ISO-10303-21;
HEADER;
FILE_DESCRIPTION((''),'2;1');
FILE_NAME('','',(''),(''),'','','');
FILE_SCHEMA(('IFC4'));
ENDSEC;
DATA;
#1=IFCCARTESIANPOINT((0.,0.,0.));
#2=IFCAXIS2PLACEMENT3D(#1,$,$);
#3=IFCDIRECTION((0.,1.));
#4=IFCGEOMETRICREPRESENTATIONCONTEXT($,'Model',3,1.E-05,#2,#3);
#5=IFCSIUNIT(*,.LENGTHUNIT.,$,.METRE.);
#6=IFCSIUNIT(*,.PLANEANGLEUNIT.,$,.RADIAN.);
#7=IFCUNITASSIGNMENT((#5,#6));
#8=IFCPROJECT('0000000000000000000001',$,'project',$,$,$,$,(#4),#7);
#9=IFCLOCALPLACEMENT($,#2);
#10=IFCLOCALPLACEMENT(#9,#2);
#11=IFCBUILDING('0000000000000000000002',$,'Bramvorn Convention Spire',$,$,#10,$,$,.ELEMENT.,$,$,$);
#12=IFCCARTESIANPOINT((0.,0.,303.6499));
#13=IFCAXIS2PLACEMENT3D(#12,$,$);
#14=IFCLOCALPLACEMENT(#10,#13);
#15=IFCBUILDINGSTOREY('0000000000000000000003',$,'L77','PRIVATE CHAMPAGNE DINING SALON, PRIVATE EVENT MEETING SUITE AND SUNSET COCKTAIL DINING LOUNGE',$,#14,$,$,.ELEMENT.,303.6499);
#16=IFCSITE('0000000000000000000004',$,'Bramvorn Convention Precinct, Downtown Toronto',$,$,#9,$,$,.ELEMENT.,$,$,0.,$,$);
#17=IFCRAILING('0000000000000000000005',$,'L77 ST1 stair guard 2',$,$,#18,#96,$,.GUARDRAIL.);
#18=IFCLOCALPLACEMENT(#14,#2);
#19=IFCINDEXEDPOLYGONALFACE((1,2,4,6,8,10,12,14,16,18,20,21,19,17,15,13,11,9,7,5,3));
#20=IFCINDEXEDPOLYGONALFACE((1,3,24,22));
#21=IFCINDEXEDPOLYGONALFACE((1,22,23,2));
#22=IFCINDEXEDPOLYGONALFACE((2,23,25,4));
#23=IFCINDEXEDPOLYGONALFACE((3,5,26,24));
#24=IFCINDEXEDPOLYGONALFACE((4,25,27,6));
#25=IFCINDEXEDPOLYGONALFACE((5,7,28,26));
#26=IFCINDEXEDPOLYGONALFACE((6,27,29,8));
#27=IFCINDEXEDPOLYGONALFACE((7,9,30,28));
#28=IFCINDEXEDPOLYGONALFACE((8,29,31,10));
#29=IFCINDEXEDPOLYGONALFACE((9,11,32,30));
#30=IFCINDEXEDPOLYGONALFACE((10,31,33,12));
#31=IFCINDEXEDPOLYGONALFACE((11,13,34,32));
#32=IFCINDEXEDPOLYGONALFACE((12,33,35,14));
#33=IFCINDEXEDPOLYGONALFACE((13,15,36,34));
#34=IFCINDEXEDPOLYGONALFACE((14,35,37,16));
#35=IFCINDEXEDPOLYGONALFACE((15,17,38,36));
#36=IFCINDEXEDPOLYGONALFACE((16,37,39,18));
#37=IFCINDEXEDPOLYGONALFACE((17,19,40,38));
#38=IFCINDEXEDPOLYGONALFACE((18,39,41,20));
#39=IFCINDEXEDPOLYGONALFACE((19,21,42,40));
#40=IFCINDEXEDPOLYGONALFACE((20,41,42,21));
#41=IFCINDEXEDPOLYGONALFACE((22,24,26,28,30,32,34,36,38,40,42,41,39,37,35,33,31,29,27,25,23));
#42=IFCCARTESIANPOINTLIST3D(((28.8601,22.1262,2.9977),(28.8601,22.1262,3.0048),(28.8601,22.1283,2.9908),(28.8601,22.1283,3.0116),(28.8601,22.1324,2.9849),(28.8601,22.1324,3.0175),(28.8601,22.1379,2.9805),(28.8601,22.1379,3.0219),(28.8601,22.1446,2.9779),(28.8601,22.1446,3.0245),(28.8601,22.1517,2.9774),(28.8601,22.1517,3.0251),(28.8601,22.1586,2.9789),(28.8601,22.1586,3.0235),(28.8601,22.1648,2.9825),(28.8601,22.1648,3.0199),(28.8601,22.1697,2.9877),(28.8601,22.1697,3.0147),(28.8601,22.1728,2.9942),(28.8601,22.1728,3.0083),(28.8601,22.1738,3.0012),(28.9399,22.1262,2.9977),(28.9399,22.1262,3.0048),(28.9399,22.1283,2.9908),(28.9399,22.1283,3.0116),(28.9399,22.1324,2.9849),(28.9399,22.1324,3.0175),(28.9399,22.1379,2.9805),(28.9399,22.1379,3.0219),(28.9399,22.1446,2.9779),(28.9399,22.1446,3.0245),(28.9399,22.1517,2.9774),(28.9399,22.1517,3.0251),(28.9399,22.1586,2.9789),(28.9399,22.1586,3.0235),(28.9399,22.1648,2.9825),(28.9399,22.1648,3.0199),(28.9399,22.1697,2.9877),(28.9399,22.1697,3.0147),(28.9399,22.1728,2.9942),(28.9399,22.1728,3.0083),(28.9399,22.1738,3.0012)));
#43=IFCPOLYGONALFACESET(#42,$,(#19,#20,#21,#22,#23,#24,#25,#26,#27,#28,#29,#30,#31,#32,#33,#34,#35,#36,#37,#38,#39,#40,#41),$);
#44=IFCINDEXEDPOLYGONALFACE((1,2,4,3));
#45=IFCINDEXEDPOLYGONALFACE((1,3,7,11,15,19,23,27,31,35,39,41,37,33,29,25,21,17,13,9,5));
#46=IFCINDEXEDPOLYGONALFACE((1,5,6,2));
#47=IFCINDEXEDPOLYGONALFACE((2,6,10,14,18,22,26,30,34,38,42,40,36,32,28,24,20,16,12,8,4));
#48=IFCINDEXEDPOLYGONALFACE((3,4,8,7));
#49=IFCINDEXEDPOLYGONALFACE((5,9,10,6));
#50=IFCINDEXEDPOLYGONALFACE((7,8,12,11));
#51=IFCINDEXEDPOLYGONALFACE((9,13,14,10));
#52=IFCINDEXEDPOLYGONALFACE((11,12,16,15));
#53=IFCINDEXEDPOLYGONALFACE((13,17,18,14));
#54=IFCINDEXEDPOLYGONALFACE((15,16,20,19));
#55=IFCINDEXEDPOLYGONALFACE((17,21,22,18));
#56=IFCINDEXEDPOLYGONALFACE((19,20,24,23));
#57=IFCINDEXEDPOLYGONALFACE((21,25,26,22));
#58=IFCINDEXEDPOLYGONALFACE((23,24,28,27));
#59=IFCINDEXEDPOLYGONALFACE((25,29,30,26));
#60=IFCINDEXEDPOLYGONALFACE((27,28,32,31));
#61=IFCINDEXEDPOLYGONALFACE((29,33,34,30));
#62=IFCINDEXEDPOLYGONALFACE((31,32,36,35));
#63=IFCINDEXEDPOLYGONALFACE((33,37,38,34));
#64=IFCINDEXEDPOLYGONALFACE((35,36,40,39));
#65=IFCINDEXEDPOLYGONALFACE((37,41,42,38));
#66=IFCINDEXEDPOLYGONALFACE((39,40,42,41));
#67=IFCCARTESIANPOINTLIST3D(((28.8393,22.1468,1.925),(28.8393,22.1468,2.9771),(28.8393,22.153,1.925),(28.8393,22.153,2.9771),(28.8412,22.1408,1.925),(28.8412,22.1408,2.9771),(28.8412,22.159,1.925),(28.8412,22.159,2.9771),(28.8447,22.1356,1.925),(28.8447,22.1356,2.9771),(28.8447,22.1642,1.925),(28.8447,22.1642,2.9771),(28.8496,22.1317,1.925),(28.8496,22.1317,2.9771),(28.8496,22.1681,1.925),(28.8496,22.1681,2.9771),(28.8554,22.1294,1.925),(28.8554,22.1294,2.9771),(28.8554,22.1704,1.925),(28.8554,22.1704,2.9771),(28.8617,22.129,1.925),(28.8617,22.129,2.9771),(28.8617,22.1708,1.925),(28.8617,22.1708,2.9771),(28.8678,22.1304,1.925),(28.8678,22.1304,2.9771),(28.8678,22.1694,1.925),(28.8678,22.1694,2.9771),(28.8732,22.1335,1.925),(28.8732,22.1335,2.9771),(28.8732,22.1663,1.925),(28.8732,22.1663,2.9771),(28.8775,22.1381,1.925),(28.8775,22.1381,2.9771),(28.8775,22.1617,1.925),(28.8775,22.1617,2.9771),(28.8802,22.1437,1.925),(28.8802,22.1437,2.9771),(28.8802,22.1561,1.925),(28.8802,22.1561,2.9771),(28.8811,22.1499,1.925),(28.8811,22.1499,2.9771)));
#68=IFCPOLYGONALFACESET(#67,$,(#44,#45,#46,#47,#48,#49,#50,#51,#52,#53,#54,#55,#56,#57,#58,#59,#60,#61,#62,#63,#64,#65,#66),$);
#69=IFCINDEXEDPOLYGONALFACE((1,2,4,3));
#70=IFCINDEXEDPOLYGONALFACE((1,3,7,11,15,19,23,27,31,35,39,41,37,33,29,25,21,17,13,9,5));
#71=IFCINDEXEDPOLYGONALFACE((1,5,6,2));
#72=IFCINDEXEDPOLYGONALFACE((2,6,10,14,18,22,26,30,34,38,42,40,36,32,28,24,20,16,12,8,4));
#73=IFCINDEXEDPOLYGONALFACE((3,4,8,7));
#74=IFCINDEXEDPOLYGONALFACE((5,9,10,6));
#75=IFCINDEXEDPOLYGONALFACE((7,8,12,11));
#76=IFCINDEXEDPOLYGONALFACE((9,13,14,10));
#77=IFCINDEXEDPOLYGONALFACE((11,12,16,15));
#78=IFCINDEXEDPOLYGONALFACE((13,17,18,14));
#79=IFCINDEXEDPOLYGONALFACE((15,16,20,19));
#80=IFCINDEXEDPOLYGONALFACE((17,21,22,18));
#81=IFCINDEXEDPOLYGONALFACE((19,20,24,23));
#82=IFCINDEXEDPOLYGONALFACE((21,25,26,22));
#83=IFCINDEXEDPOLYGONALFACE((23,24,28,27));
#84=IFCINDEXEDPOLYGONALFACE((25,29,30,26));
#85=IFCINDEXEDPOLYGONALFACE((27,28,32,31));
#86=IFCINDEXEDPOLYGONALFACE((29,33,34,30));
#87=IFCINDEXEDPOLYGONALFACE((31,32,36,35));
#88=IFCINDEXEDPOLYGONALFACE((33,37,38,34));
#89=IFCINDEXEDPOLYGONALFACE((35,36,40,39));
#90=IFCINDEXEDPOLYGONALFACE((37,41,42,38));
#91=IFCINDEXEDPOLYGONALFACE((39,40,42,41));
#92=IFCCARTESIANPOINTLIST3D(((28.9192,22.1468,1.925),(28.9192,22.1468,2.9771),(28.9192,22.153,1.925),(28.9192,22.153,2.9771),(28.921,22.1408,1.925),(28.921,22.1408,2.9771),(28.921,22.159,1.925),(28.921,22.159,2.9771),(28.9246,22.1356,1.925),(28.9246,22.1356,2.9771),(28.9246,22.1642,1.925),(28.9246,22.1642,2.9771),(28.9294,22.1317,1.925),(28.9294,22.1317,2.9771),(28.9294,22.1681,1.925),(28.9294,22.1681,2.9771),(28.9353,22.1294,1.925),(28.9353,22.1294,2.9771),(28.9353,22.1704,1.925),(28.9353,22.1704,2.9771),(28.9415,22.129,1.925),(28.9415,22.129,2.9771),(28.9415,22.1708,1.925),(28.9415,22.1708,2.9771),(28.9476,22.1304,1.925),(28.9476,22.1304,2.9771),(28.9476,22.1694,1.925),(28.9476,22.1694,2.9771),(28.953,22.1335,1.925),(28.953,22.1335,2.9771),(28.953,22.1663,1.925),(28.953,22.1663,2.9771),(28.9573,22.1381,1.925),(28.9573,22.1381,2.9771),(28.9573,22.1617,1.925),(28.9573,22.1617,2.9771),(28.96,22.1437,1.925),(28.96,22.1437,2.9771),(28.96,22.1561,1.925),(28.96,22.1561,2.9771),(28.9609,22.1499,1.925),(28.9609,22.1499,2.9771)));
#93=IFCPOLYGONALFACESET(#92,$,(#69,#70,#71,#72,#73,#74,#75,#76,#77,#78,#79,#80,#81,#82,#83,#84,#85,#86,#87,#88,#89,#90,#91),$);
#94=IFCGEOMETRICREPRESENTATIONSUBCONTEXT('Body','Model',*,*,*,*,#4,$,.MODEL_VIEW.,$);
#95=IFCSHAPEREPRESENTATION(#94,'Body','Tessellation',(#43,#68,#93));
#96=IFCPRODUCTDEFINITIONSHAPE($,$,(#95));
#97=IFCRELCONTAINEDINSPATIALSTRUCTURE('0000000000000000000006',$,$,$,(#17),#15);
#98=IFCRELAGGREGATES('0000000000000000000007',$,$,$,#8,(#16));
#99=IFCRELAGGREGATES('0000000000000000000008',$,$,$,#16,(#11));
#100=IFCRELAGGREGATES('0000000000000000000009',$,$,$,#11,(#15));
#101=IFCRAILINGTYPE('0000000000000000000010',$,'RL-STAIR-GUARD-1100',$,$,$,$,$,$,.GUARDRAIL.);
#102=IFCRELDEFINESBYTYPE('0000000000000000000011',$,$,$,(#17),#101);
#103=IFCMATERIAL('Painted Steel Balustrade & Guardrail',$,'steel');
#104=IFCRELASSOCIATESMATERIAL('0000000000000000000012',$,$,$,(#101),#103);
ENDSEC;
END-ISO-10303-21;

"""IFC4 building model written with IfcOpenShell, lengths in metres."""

from ifc_helpers import new_model, si_unit, direction, frame, origin, origin_2d, place, context, subcontext, project, spatial, circle, extrude, material, type_object, element, save


model = new_model("IFC4")

# Units and contexts
model_context = context("Model", 3, precision=1e-05, world=origin(), true_north=direction((0.0, 1.0)))
body_context = subcontext(model_context, "Body", "Model", "MODEL_VIEW")
ifc_project = project(units=[si_unit("LENGTHUNIT", "METRE"), si_unit("PLANEANGLEUNIT", "RADIAN")], contexts=[model_context])

# Site, building, storey
site_placement = place(None, origin())
site = spatial("IfcSite", under=ifc_project, at=site_placement, Name="Bramvorn Convention Precinct, Downtown Toronto", CompositionType="ELEMENT", RefElevation=0.0)
building_placement = place(site_placement, origin())
building = spatial("IfcBuilding", under=site, at=building_placement, Name="Bramvorn Convention Spire", CompositionType="ELEMENT")
storey_placement = place(building_placement, frame((0.0, 0.0, 303.6499)))
storey = spatial("IfcBuildingStorey", under=building, at=storey_placement, Name="L77", Description="PRIVATE CHAMPAGNE DINING SALON, PRIVATE EVENT MEETING SUITE AND SUNSET COCKTAIL DINING LOUNGE", CompositionType="ELEMENT", Elevation=303.6499)

# Railing
ifc_material_1 = material(Name="Painted Steel Balustrade & Guardrail", Category="steel")
railing_type_1 = type_object("IfcRailingType", Name="RL-STAIR-GUARD-1100", PredefinedType="GUARDRAIL", material=ifc_material_1)
railing_1_placement = place(storey_placement, frame((28.8601, 22.1499, 1.925)))
element("IfcRailing", 1, at=railing_1_placement, inside=storey, type_object=railing_type_1, Name="L77 ST1 stair guard 2", PredefinedType="GUARDRAIL", context=body_context, shape_type="SweptSolid", body=[
    extrude(circle(Radius=0.0239, at=origin_2d()), frame((0.0, 0.0, 1.0762), z_axis=(1.0, 0.0, 0.0), x_axis=(0.0, 1.0, 0.0)), (0.0, 0.0, 1.0), 0.0798),
    extrude(circle(Radius=0.021, at=origin_2d()), origin(), (0.0, 0.0, 1.0), 1.052),
    extrude(circle(Radius=0.021, at=origin_2d()), frame((0.0798, 0.0, 0.0)), (0.0, 0.0, 1.0), 1.052),
])

save(model, "model.ifc")
